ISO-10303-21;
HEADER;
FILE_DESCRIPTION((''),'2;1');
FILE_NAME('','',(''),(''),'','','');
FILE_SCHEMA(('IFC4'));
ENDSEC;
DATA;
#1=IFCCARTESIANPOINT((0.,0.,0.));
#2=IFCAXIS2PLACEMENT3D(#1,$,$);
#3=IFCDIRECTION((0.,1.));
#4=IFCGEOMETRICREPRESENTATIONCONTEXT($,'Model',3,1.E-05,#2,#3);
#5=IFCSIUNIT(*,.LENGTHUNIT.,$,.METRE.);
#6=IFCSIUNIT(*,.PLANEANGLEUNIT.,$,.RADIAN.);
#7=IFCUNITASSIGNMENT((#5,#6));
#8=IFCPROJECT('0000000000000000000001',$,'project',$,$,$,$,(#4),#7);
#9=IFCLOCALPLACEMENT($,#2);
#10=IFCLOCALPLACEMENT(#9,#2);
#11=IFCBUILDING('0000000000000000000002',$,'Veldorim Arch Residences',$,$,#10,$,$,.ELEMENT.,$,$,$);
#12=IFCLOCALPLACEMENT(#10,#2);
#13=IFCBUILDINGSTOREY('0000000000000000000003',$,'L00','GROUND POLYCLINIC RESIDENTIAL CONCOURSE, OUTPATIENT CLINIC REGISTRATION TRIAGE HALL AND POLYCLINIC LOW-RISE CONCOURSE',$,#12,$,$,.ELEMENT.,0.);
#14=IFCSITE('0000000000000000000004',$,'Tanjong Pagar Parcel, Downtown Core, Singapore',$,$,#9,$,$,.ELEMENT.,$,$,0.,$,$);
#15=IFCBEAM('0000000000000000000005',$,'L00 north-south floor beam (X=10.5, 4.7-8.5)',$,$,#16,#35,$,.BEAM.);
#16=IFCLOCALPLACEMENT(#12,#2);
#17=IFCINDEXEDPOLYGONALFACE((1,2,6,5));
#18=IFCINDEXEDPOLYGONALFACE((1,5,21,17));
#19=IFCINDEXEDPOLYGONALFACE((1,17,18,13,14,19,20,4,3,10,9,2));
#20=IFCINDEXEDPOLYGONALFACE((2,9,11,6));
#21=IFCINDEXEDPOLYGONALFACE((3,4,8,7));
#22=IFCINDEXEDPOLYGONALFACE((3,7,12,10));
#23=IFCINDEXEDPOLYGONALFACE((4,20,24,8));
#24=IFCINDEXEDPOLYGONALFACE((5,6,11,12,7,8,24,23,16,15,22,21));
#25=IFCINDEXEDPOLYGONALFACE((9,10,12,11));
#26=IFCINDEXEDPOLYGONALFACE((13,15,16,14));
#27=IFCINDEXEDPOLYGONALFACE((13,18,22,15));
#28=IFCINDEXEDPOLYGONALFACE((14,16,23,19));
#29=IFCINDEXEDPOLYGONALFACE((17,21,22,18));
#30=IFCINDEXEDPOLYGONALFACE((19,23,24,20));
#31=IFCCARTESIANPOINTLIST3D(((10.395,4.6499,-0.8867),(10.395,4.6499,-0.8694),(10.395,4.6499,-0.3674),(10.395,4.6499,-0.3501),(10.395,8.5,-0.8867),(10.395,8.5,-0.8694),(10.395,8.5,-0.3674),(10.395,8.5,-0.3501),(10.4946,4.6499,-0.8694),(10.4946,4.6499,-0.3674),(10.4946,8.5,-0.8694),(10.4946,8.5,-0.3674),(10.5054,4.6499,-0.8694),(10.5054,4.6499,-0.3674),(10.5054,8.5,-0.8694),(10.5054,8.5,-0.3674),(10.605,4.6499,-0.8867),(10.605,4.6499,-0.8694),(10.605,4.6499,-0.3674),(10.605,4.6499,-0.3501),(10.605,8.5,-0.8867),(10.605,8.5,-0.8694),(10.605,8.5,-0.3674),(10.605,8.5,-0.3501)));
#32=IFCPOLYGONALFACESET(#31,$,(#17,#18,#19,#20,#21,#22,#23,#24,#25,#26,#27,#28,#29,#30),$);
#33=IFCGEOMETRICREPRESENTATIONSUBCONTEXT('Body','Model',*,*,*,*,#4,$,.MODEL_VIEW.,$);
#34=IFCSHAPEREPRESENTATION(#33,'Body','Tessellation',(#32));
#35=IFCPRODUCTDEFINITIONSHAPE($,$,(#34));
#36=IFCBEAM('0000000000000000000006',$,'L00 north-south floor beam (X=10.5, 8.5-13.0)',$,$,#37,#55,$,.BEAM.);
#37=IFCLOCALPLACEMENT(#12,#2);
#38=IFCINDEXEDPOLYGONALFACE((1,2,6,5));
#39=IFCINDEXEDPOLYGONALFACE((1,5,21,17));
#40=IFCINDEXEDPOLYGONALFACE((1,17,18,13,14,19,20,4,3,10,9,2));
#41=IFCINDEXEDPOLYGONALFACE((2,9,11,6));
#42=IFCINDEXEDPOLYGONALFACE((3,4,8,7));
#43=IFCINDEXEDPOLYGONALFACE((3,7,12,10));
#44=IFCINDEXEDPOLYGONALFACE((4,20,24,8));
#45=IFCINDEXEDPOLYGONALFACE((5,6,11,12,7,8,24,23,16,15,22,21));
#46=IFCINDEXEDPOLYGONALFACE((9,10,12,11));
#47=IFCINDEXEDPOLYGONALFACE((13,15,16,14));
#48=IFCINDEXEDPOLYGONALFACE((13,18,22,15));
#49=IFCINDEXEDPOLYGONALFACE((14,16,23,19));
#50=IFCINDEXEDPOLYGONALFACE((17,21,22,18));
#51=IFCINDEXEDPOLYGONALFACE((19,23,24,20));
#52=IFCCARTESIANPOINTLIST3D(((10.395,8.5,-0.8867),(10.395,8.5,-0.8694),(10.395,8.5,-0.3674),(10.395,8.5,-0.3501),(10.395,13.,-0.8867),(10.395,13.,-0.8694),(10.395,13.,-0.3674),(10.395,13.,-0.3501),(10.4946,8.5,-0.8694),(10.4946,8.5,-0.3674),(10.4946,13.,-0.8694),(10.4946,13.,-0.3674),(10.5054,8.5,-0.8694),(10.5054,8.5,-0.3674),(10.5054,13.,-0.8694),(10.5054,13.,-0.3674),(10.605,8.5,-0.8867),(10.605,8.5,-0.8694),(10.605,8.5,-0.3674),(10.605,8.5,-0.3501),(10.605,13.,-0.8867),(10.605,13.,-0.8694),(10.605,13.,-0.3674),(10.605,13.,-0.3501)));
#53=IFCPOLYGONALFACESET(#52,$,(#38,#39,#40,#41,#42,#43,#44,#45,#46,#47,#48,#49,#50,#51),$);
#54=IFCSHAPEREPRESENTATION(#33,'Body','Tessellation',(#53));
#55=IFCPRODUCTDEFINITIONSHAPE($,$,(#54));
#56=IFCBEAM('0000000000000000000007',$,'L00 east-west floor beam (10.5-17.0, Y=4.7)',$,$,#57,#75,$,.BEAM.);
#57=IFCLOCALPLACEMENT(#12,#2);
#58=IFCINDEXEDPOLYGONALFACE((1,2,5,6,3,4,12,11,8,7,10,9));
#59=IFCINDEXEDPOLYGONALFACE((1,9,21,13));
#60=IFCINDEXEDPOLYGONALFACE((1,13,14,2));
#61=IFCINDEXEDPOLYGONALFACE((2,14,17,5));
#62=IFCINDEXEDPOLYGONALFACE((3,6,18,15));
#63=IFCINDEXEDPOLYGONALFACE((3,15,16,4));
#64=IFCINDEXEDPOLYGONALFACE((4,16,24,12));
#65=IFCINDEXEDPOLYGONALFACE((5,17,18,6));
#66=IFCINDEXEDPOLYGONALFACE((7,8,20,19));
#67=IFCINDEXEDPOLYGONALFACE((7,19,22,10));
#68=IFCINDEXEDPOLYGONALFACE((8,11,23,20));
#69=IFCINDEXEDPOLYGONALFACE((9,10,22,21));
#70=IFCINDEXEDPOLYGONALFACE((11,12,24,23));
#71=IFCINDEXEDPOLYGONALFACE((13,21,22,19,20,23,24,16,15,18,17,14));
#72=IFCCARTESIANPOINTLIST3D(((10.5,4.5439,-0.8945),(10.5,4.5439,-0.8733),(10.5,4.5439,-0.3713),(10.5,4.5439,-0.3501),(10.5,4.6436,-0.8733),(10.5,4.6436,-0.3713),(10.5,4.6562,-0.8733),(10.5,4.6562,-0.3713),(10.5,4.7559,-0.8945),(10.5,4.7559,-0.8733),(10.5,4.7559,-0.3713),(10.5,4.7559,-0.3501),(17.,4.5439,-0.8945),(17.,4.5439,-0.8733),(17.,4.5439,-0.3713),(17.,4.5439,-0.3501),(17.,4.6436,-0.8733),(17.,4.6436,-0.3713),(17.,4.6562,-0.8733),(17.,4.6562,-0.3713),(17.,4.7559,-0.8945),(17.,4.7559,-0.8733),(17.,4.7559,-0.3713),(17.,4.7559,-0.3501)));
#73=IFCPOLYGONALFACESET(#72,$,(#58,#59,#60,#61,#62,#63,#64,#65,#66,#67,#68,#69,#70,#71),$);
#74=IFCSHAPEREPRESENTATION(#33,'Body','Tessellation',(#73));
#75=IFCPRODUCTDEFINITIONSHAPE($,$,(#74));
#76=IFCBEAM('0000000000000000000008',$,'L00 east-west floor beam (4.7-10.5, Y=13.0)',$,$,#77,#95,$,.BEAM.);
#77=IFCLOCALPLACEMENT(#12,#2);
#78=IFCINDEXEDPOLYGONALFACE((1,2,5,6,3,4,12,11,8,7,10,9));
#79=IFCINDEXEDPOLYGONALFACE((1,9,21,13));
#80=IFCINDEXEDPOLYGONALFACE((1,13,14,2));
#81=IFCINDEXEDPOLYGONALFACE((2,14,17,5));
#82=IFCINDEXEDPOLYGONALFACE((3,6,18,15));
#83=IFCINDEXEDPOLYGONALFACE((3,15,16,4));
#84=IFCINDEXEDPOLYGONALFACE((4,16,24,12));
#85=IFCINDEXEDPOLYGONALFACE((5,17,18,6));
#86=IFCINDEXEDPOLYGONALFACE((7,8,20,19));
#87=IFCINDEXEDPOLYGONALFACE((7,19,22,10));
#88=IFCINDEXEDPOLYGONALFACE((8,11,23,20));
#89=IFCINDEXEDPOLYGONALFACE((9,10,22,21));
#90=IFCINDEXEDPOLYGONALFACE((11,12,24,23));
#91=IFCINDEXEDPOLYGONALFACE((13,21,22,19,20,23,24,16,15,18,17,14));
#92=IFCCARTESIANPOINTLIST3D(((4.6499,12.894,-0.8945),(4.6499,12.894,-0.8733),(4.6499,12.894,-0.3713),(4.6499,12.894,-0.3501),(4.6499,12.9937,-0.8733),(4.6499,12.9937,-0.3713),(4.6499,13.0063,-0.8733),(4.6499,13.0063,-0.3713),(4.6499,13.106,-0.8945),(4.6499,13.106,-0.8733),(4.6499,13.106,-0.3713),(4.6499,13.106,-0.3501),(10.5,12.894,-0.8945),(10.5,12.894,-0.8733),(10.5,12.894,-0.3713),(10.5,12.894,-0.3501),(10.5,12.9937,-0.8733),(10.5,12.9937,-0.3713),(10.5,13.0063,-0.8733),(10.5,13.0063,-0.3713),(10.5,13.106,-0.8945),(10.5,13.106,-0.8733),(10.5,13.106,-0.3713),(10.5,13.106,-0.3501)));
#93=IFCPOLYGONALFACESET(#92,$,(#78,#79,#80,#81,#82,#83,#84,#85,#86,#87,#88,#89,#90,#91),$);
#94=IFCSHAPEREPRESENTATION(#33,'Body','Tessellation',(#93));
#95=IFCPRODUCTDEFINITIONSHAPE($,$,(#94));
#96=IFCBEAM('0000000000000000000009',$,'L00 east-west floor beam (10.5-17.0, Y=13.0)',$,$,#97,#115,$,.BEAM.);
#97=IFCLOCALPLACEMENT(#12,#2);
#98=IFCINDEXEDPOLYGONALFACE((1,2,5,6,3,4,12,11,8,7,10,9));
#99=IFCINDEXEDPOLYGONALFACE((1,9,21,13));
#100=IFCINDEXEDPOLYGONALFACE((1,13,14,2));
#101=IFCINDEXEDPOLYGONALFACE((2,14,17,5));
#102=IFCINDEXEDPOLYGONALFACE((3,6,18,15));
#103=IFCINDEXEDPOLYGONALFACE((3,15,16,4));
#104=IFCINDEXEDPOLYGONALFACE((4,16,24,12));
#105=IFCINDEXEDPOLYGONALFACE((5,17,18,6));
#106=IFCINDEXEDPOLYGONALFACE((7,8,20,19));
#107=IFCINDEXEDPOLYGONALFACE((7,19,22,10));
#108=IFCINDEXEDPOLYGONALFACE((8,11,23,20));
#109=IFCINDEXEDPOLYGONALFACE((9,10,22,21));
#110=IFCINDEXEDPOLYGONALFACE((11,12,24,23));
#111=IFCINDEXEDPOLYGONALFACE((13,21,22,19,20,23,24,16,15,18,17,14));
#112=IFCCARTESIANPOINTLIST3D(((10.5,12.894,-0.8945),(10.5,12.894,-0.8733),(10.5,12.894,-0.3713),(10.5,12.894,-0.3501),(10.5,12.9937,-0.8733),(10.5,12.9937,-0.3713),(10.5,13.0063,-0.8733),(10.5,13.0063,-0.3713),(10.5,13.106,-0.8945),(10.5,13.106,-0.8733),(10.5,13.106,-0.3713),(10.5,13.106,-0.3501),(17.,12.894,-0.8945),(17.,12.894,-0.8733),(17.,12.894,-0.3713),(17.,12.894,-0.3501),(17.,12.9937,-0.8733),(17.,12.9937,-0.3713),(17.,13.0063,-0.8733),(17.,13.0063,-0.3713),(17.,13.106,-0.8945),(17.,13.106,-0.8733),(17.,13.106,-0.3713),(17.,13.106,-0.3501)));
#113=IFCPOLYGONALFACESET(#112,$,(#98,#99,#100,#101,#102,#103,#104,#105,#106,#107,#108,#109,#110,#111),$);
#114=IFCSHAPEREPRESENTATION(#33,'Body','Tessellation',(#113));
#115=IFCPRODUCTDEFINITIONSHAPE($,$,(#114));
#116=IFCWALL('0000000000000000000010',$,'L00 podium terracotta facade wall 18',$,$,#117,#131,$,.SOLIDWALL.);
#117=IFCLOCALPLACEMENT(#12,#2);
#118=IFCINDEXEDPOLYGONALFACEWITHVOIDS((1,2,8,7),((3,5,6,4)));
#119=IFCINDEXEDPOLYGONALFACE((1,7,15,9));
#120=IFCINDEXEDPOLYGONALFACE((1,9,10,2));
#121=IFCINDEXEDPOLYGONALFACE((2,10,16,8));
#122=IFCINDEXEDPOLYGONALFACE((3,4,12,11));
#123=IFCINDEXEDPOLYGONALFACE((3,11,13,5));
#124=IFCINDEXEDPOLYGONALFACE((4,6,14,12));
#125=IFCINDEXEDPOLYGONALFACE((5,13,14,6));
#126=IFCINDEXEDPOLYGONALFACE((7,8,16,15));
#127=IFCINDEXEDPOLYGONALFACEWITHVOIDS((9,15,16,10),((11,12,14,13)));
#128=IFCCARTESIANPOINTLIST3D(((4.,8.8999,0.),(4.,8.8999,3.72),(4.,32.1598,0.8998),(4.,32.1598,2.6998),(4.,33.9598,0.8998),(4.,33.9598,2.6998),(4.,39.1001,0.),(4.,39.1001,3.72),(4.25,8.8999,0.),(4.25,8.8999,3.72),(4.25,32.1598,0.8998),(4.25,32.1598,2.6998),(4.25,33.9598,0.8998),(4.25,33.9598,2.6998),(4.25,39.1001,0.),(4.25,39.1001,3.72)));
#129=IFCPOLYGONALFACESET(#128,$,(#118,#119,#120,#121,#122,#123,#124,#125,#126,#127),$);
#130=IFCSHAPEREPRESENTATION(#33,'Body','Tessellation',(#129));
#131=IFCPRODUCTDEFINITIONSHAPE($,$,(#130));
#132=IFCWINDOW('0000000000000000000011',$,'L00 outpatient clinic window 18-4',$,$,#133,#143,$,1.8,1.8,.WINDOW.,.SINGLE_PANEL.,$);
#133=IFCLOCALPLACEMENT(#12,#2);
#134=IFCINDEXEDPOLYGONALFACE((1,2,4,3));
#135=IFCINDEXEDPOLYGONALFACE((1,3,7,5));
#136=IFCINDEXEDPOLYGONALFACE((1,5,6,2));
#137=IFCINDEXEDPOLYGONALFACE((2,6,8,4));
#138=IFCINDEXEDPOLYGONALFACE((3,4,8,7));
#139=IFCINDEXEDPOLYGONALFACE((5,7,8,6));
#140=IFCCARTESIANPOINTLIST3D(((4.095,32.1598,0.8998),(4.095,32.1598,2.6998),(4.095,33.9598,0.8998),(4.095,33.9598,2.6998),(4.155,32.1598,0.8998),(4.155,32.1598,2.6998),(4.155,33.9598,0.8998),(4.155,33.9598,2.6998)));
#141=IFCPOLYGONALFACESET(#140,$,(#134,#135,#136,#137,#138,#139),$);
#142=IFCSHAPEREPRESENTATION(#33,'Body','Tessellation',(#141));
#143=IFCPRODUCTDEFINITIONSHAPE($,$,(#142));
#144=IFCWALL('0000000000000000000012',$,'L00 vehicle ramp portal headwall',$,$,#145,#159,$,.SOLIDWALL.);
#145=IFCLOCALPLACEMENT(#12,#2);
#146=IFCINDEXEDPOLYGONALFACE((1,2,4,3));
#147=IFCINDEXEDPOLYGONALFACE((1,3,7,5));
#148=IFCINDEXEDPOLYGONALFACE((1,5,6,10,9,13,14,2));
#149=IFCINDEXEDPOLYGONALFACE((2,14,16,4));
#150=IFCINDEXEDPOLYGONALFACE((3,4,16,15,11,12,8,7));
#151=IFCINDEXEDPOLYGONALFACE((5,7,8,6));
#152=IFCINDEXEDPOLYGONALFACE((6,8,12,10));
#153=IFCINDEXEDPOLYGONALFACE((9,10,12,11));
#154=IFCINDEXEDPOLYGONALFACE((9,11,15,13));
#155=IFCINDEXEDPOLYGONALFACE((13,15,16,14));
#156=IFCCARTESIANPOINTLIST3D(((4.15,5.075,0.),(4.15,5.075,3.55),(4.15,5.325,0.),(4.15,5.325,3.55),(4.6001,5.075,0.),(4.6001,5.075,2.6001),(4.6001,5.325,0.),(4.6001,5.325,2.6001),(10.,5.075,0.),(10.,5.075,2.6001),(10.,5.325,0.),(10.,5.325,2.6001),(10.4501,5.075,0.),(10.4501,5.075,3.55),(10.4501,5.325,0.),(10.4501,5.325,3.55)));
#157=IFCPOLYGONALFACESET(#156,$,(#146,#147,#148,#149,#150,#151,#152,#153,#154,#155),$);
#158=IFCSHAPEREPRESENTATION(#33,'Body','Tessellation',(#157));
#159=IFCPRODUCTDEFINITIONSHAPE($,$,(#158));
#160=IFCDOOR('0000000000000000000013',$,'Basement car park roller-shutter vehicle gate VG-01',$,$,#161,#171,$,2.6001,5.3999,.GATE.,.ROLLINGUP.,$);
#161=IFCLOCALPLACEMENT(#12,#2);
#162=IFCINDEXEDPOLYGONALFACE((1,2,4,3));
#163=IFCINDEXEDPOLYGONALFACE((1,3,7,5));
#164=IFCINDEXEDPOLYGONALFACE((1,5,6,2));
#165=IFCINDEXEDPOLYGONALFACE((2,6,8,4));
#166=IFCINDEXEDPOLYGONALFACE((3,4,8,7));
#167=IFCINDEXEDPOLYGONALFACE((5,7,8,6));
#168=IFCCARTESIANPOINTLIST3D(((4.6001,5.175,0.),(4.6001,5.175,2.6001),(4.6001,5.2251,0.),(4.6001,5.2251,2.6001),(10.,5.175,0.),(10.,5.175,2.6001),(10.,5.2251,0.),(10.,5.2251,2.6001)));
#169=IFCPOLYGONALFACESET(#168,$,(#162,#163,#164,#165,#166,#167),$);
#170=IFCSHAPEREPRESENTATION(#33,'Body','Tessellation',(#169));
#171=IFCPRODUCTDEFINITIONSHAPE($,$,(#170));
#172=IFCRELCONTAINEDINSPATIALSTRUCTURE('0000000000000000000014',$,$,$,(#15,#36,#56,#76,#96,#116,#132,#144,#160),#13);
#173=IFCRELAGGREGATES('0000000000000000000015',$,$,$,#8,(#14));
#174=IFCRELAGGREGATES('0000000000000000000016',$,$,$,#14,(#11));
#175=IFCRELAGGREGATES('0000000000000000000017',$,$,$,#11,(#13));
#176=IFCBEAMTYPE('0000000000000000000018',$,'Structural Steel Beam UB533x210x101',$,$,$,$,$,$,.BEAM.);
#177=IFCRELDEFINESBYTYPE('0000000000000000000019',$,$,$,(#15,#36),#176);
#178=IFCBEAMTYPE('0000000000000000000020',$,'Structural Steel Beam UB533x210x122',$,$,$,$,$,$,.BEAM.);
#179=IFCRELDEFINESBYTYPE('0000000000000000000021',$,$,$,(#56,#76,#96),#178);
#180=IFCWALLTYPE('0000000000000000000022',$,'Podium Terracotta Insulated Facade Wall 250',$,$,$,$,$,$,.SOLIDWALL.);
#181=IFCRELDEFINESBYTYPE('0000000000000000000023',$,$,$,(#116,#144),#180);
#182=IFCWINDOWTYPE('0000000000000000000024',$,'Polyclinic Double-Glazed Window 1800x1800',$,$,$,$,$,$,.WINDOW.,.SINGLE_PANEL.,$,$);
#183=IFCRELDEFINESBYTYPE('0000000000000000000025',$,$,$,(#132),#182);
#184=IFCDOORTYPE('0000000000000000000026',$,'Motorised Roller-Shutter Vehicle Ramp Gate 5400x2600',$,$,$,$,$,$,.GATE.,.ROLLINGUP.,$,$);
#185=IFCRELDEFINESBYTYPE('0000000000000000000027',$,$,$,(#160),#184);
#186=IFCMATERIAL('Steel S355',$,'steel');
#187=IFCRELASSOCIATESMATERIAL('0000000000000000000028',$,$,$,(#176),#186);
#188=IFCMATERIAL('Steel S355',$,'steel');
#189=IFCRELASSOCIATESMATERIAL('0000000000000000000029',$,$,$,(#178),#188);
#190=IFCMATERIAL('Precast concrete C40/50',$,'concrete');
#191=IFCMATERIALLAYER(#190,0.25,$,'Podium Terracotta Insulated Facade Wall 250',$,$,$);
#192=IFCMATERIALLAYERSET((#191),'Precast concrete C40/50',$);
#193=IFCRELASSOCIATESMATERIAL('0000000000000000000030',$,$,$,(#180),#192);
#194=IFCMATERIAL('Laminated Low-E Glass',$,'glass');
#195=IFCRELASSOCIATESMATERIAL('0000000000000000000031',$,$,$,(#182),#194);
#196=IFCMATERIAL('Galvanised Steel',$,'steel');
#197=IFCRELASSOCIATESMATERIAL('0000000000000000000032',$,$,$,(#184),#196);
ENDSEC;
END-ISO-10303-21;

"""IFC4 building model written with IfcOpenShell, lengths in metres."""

from ifc_helpers import new_model, si_unit, direction, frame, frame_2d, origin, origin_2d, place, context, subcontext, project, spatial, rectangle, i_section, extrude, material, layer, layer_set, material_profile, profile_set, type_object, element, fill, save


model = new_model("IFC4")

# Units and contexts
model_context = context("Model", 3, precision=1e-05, world=origin(), true_north=direction((0.0, 1.0)))
body_context = subcontext(model_context, "Body", "Model", "MODEL_VIEW")
ifc_project = project(units=[si_unit("LENGTHUNIT", "METRE"), si_unit("PLANEANGLEUNIT", "RADIAN")], contexts=[model_context])

# Site, building, storey
site_placement = place(None, origin())
site = spatial("IfcSite", under=ifc_project, at=site_placement, Name="Tanjong Pagar Parcel, Downtown Core, Singapore", CompositionType="ELEMENT", RefElevation=0.0)
building_placement = place(site_placement, origin())
building = spatial("IfcBuilding", under=site, at=building_placement, Name="Veldorim Arch Residences", CompositionType="ELEMENT")
storey_placement = place(building_placement, origin())
storey = spatial("IfcBuildingStorey", under=building, at=storey_placement, Name="L00", Description="GROUND POLYCLINIC RESIDENTIAL CONCOURSE, OUTPATIENT CLINIC REGISTRATION TRIAGE HALL AND POLYCLINIC LOW-RISE CONCOURSE", CompositionType="ELEMENT", Elevation=0.0)

# Beams
ifc_material_1 = material(Name="Steel S355", Category="steel")
ifc_material_profile_1 = material_profile(ifc_material_1, i_section(OverallWidth=0.21, OverallDepth=0.5366, WebThickness=0.0107, FlangeThickness=0.0173, at=origin_2d()), Name="UB533x210x101")
ifc_profile_set_1 = profile_set([ifc_material_profile_1], Name="Steel S355")
beam_type_1 = type_object("IfcBeamType", Name="Structural Steel Beam UB533x210x101", PredefinedType="BEAM", material=ifc_profile_set_1)
beam_1_placement = place(storey_placement, frame((10.5, 4.6499, -0.6184), z_axis=(0.0, 1.0, 0.0), x_axis=(-1.0, 0.0, 0.0)))
element("IfcBeam", 1, at=beam_1_placement, inside=storey, type_object=beam_type_1, Name="L00 north-south floor beam (X=10.5, 4.7-8.5)", PredefinedType="BEAM", context=body_context, shape_type="SweptSolid", body=[
    extrude(i_section(OverallWidth=0.21, OverallDepth=0.5366, WebThickness=0.0107, FlangeThickness=0.0173, at=origin_2d()), origin(), (0.0, 0.0, 1.0), 3.8501),
])
beam_2_placement = place(storey_placement, frame((10.5, 8.5, -0.6184), z_axis=(0.0, 1.0, 0.0), x_axis=(-1.0, 0.0, 0.0)))
element("IfcBeam", 2, at=beam_2_placement, inside=storey, type_object=beam_type_1, Name="L00 north-south floor beam (X=10.5, 8.5-13.0)", PredefinedType="BEAM", context=body_context, shape_type="SweptSolid", body=[
    extrude(i_section(OverallWidth=0.21, OverallDepth=0.5366, WebThickness=0.0107, FlangeThickness=0.0173, at=origin_2d()), origin(), (0.0, 0.0, 1.0), 4.5),
])
ifc_material_2 = material(Name="Steel S355", Category="steel")
ifc_material_profile_2 = material_profile(ifc_material_2, i_section(OverallWidth=0.2119, OverallDepth=0.5444, WebThickness=0.0127, FlangeThickness=0.0212, at=origin_2d()), Name="UB533x210x122")
ifc_profile_set_2 = profile_set([ifc_material_profile_2], Name="Steel S355")
beam_type_2 = type_object("IfcBeamType", Name="Structural Steel Beam UB533x210x122", PredefinedType="BEAM", material=ifc_profile_set_2)
beam_3_placement = place(storey_placement, frame((10.5, 4.6499, -0.6223), z_axis=(1.0, 0.0, 0.0), x_axis=(0.0, 1.0, 0.0)))
element("IfcBeam", 3, at=beam_3_placement, inside=storey, type_object=beam_type_2, Name="L00 east-west floor beam (10.5-17.0, Y=4.7)", PredefinedType="BEAM", context=body_context, shape_type="SweptSolid", body=[
    extrude(i_section(OverallWidth=0.2119, OverallDepth=0.5444, WebThickness=0.0127, FlangeThickness=0.0212, at=origin_2d()), origin(), (0.0, 0.0, 1.0), 6.5),
])
beam_4_placement = place(storey_placement, frame((4.6499, 13.0, -0.6223), z_axis=(1.0, 0.0, 0.0), x_axis=(0.0, 1.0, 0.0)))
element("IfcBeam", 4, at=beam_4_placement, inside=storey, type_object=beam_type_2, Name="L00 east-west floor beam (4.7-10.5, Y=13.0)", PredefinedType="BEAM", context=body_context, shape_type="SweptSolid", body=[
    extrude(i_section(OverallWidth=0.2119, OverallDepth=0.5444, WebThickness=0.0127, FlangeThickness=0.0212, at=origin_2d()), origin(), (0.0, 0.0, 1.0), 5.8501),
])
beam_5_placement = place(storey_placement, frame((10.5, 13.0, -0.6223), z_axis=(1.0, 0.0, 0.0), x_axis=(0.0, 1.0, 0.0)))
element("IfcBeam", 5, at=beam_5_placement, inside=storey, type_object=beam_type_2, Name="L00 east-west floor beam (10.5-17.0, Y=13.0)", PredefinedType="BEAM", context=body_context, shape_type="SweptSolid", body=[
    extrude(i_section(OverallWidth=0.2119, OverallDepth=0.5444, WebThickness=0.0127, FlangeThickness=0.0212, at=origin_2d()), origin(), (0.0, 0.0, 1.0), 6.5),
])

# Wall, opening, window
ifc_material_3 = material(Name="Precast concrete C40/50", Category="concrete")
ifc_layer_1 = layer(ifc_material_3, 0.25, Name="Podium Terracotta Insulated Facade Wall 250")
ifc_layer_set_1 = layer_set([ifc_layer_1], Name="Precast concrete C40/50")
wall_type_1 = type_object("IfcWallType", Name="Podium Terracotta Insulated Facade Wall 250", PredefinedType="SOLIDWALL", material=ifc_layer_set_1)
wall_1_placement = place(storey_placement, frame((4.125, 8.8999, 0.0), z_axis=(0.0, 0.0, 1.0), x_axis=(0.0, 1.0, 0.0)))
wall_1 = element("IfcWall", 6, at=wall_1_placement, inside=storey, type_object=wall_type_1, Name="L00 podium terracotta facade wall 18", PredefinedType="SOLIDWALL", context=body_context, shape_type="SweptSolid", body=[
    extrude(rectangle(XDim=30.2002, YDim=0.25, at=frame_2d((15.1001, 0.0))), origin(), (0.0, 0.0, 1.0), 3.72),
])
opening_1_placement = place(wall_1_placement, frame((23.26, 0.0, 0.8999)))
opening_1 = element("IfcOpeningElement", 7, at=opening_1_placement, cuts=wall_1, PredefinedType="OPENING", context=body_context, shape_type="SweptSolid", body=[
    extrude(rectangle(XDim=1.8, YDim=1.8, at=frame_2d((0.8999, 0.8999))), frame((0.0, 0.135, 0.0), z_axis=(0.0, -1.0, 0.0), x_axis=(1.0, 0.0, 0.0)), (0.0, 0.0, 1.0), 0.27),
])
ifc_material_4 = material(Name="Laminated Low-E Glass", Category="glass")
window_type = type_object("IfcWindowType", Name="Polyclinic Double-Glazed Window 1800x1800", PartitioningType="SINGLE_PANEL", PredefinedType="WINDOW", material=ifc_material_4)
window_placement = place(opening_1_placement, origin())
window = element("IfcWindow", 8, at=window_placement, inside=storey, type_object=window_type, Name="L00 outpatient clinic window 18-4", OverallHeight=1.8, OverallWidth=1.8, PartitioningType="SINGLE_PANEL", PredefinedType="WINDOW", context=body_context, shape_type="SweptSolid", body=[
    extrude(rectangle(XDim=1.8, YDim=1.8, at=frame_2d((0.8999, 0.8999))), frame((0.0, 0.03, 0.0), z_axis=(0.0, -1.0, 0.0), x_axis=(1.0, 0.0, 0.0)), (0.0, 0.0, 1.0), 0.0601),
])
fill(opening_1, window)

# Wall, opening, door
wall_2_placement = place(storey_placement, frame((10.45, 5.2, 0.0), z_axis=(0.0, 0.0, 1.0), x_axis=(-1.0, 0.0, 0.0)))
wall_2 = element("IfcWall", 9, at=wall_2_placement, inside=storey, type_object=wall_type_1, Name="L00 vehicle ramp portal headwall", PredefinedType="SOLIDWALL", context=body_context, shape_type="SweptSolid", body=[
    extrude(rectangle(XDim=6.3, YDim=0.25, at=frame_2d((3.1499, 0.0))), origin(), (0.0, 0.0, 1.0), 3.55),
])
opening_2_placement = place(wall_2_placement, frame((0.45, 0.0, 0.0)))
opening_2 = element("IfcOpeningElement", 10, at=opening_2_placement, cuts=wall_2, PredefinedType="OPENING", context=body_context, shape_type="SweptSolid", body=[
    extrude(rectangle(XDim=5.3999, YDim=2.6001, at=frame_2d((2.7, 1.3))), frame((0.0, 0.135, 0.0), z_axis=(0.0, -1.0, 0.0), x_axis=(1.0, 0.0, 0.0)), (0.0, 0.0, 1.0), 0.27),
])
ifc_material_5 = material(Name="Galvanised Steel", Category="steel")
door_type = type_object("IfcDoorType", Name="Motorised Roller-Shutter Vehicle Ramp Gate 5400x2600", OperationType="ROLLINGUP", PredefinedType="GATE", material=ifc_material_5)
door_placement = place(opening_2_placement, origin())
door = element("IfcDoor", 11, at=door_placement, inside=storey, type_object=door_type, Name="Basement car park roller-shutter vehicle gate VG-01", OperationType="ROLLINGUP", OverallHeight=2.6001, OverallWidth=5.3999, PredefinedType="GATE", context=body_context, shape_type="SweptSolid", body=[
    extrude(rectangle(XDim=5.3999, YDim=2.6001, at=frame_2d((2.7, 1.3))), frame((0.0, 0.0249, 0.0), z_axis=(0.0, -1.0, 0.0), x_axis=(1.0, 0.0, 0.0)), (0.0, 0.0, 1.0), 0.05),
])
fill(opening_2, door)

save(model, "model.ifc")
